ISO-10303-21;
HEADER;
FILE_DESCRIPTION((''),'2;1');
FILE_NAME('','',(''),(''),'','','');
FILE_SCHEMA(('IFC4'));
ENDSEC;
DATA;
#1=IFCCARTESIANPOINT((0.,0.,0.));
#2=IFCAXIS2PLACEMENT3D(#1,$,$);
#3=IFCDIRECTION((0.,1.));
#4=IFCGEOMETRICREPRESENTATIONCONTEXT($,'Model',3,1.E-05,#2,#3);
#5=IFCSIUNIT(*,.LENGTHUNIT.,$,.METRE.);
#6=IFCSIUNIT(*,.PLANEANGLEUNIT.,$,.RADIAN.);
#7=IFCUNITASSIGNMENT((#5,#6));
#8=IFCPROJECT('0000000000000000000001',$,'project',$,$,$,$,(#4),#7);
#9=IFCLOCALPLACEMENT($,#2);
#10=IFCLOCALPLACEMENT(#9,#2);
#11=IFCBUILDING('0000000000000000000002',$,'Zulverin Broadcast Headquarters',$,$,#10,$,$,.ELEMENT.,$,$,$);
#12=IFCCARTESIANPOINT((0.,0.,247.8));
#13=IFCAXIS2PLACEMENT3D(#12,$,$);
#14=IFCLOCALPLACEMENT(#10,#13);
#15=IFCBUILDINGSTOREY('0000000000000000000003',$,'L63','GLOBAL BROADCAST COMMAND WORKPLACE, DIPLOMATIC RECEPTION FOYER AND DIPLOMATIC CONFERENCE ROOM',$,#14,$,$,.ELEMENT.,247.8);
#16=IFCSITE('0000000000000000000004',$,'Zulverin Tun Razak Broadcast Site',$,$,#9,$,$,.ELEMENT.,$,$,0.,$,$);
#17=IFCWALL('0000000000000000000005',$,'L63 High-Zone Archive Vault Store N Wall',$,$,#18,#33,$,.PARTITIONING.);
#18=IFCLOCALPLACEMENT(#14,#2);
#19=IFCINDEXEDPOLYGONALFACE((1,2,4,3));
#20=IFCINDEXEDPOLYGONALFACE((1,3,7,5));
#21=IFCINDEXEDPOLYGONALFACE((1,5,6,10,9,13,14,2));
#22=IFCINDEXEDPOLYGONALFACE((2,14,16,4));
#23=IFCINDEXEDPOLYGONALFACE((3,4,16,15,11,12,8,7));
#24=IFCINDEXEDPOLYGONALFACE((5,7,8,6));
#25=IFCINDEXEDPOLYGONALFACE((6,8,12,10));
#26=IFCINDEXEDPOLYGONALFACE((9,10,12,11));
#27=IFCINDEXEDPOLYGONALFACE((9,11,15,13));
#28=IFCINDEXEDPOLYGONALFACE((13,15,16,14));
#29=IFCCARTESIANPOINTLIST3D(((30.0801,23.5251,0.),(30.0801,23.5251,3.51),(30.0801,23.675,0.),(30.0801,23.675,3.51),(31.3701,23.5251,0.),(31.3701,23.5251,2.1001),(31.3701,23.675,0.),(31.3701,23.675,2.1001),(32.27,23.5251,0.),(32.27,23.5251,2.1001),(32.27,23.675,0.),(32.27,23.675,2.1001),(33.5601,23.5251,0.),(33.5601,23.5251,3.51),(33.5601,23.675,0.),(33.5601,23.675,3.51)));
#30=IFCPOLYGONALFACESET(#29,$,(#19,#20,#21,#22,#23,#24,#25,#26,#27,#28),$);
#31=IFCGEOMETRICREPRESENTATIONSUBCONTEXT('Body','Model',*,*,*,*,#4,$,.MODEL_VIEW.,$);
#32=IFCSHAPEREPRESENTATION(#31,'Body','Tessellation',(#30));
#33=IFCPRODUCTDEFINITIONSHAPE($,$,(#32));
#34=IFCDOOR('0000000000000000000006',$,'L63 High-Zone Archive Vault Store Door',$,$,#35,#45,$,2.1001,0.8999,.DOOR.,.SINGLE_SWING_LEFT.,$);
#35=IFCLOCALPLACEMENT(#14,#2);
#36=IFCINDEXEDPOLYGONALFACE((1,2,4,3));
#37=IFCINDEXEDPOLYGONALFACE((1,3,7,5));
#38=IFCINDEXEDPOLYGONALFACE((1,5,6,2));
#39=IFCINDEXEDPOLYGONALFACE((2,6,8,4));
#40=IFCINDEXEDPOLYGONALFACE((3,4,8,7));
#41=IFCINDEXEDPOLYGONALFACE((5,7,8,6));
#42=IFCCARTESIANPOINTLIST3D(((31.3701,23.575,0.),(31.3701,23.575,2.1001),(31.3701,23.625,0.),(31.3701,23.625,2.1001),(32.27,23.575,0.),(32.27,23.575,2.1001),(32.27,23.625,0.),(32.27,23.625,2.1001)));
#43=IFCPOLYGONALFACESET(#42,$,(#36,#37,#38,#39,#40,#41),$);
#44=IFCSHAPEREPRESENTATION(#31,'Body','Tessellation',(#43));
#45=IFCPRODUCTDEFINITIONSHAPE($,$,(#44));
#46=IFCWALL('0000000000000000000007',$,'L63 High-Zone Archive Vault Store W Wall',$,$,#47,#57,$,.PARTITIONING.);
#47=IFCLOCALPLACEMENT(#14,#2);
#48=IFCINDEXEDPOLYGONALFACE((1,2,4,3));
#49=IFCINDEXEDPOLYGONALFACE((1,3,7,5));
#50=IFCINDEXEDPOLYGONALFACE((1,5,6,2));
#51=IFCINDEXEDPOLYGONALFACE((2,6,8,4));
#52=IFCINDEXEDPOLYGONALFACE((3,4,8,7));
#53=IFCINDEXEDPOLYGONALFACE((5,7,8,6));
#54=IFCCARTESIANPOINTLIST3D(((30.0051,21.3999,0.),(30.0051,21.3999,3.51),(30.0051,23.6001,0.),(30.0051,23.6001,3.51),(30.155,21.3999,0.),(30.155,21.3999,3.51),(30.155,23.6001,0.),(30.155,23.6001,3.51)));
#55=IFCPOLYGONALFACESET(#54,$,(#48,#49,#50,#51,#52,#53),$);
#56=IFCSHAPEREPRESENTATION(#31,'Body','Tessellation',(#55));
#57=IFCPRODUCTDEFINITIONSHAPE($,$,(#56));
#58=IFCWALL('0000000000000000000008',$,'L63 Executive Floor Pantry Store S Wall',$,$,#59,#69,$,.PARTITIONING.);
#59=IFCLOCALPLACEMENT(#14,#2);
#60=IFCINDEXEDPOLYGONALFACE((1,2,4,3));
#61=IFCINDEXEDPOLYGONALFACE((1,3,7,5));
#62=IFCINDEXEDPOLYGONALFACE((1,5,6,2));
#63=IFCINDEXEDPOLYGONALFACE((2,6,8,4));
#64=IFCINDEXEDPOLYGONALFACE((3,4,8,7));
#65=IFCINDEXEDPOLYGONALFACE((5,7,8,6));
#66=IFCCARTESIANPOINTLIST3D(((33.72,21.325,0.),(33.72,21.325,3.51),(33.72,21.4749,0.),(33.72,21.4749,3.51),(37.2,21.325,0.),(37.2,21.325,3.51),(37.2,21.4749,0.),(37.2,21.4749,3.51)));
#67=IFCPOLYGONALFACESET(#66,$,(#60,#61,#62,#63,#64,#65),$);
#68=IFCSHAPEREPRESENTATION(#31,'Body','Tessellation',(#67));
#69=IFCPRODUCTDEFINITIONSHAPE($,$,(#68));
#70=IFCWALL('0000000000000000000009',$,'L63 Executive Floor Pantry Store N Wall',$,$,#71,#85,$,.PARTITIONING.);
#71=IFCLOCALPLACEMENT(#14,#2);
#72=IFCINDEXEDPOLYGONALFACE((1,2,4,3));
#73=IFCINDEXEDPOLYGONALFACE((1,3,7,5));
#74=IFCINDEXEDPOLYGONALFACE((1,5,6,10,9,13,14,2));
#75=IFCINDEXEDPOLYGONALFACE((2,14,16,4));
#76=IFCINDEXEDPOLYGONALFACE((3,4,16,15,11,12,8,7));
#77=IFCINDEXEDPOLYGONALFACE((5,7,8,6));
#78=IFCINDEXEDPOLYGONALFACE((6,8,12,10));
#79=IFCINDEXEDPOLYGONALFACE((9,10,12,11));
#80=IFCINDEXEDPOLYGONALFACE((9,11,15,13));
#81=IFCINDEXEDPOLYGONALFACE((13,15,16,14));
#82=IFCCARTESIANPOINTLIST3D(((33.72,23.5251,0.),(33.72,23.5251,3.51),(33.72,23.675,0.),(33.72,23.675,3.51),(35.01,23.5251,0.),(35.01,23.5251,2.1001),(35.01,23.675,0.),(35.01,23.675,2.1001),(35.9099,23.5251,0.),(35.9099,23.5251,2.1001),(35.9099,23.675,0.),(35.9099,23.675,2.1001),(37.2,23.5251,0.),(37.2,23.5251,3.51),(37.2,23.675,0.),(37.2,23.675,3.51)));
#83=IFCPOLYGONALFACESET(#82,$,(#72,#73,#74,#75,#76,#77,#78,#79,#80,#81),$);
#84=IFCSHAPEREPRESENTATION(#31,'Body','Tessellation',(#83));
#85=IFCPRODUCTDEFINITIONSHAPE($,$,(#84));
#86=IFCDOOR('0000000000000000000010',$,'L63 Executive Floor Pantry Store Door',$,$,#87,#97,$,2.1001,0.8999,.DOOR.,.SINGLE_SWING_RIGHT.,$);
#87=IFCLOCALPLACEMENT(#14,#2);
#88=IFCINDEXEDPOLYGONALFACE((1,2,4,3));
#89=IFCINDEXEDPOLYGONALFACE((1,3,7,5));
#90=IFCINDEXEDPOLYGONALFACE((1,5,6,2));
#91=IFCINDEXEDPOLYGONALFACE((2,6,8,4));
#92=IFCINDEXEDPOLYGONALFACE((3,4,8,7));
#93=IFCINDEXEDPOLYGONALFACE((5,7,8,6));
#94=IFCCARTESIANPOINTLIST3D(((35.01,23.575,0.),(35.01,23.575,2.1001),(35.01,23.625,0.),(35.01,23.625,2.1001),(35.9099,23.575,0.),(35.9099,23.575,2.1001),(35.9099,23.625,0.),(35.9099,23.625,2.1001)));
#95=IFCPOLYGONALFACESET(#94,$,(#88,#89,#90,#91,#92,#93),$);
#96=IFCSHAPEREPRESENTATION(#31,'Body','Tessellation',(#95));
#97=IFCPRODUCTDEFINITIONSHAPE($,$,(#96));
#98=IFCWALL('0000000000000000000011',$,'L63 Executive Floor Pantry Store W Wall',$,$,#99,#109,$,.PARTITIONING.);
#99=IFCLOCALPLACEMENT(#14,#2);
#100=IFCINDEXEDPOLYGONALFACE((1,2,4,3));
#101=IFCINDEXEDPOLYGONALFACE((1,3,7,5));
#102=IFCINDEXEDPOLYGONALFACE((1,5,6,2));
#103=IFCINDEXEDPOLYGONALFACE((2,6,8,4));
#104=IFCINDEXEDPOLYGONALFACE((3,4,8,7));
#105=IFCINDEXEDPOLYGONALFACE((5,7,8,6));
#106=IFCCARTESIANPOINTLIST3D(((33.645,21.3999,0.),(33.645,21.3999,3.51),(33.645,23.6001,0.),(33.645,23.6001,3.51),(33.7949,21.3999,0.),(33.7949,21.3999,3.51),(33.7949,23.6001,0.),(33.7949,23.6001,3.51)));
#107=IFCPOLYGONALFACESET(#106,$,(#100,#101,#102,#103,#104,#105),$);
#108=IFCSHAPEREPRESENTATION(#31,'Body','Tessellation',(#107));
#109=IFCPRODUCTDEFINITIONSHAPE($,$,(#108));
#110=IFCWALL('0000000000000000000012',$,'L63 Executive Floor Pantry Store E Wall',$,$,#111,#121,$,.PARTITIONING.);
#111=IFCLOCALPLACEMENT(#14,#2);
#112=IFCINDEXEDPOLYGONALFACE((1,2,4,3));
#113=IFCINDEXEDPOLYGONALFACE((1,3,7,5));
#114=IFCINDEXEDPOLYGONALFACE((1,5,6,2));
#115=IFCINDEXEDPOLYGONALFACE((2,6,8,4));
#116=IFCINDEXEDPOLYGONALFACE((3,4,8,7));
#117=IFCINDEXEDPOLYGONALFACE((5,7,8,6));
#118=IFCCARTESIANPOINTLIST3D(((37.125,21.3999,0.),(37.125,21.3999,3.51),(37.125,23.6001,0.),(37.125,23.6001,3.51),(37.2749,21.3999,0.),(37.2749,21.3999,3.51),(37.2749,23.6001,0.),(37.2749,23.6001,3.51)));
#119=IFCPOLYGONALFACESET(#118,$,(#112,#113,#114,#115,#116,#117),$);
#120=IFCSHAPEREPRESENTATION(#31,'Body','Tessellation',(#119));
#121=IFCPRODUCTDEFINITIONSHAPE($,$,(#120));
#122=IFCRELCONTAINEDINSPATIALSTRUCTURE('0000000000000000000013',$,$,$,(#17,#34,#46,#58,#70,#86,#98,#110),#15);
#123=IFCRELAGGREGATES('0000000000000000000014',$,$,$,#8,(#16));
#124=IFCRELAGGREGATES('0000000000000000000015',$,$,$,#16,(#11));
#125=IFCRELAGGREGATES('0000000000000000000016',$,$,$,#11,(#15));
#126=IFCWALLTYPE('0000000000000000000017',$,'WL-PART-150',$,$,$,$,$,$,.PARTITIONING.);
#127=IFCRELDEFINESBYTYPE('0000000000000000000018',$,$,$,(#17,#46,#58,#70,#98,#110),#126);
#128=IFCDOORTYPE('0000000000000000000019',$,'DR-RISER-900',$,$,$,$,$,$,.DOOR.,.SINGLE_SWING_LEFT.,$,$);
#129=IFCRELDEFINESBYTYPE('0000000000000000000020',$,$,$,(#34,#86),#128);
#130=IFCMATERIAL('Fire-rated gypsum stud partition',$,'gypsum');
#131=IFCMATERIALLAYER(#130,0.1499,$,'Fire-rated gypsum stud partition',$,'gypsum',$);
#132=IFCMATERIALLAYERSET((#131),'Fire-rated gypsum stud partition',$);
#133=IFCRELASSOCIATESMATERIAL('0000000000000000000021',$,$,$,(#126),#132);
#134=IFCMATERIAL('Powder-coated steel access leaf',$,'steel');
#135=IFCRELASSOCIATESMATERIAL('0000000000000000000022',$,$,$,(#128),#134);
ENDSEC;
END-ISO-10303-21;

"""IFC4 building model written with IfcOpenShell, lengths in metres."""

from ifc_helpers import new_model, si_unit, direction, frame, frame_2d, origin, place, context, subcontext, project, spatial, rectangle, extrude, material, layer, layer_set, type_object, element, fill, save


model = new_model("IFC4")

# Units and contexts
model_context = context("Model", 3, precision=1e-05, world=origin(), true_north=direction((0.0, 1.0)))
body_context = subcontext(model_context, "Body", "Model", "MODEL_VIEW")
ifc_project = project(units=[si_unit("LENGTHUNIT", "METRE"), si_unit("PLANEANGLEUNIT", "RADIAN")], contexts=[model_context])

# Site, building, storey
site_placement = place(None, origin())
site = spatial("IfcSite", under=ifc_project, at=site_placement, Name="Zulverin Tun Razak Broadcast Site", CompositionType="ELEMENT", RefElevation=0.0)
building_placement = place(site_placement, origin())
building = spatial("IfcBuilding", under=site, at=building_placement, Name="Zulverin Broadcast Headquarters", CompositionType="ELEMENT")
storey_placement = place(building_placement, frame((0.0, 0.0, 247.8)))
storey = spatial("IfcBuildingStorey", under=building, at=storey_placement, Name="L63", Description="GLOBAL BROADCAST COMMAND WORKPLACE, DIPLOMATIC RECEPTION FOYER AND DIPLOMATIC CONFERENCE ROOM", CompositionType="ELEMENT", Elevation=247.8)

# Shared definitions
ifc_material_1 = material(Name="Fire-rated gypsum stud partition", Category="gypsum")
ifc_layer = layer(ifc_material_1, 0.1499, Name="Fire-rated gypsum stud partition", Category="gypsum")
ifc_layer_set = layer_set([ifc_layer], Name="Fire-rated gypsum stud partition")
wall_type = type_object("IfcWallType", Name="WL-PART-150", PredefinedType="PARTITIONING", material=ifc_layer_set)

# Shared definitions
ifc_material_2 = material(Name="Powder-coated steel access leaf", Category="steel")
door_type_1 = type_object("IfcDoorType", Name="DR-RISER-900", OperationType="SINGLE_SWING_LEFT", PredefinedType="DOOR", material=ifc_material_2)

# Wall, opening, door
wall_1_placement = place(storey_placement, frame((30.0801, 23.6001, 0.0), z_axis=(0.0, 0.0, 1.0), x_axis=(1.0, 0.0, 0.0)))
wall_1 = element("IfcWall", 1, at=wall_1_placement, inside=storey, type_object=wall_type, Name="L63 High-Zone Archive Vault Store N Wall", PredefinedType="PARTITIONING", context=body_context, shape_type="SweptSolid", body=[
    extrude(rectangle(XDim=3.48, YDim=0.1499, at=frame_2d((1.74, 0.0))), origin(), (0.0, 0.0, 1.0), 3.51),
])
opening_1_placement = place(wall_1_placement, frame((1.29, 0.0, 0.0)))
opening_1 = element("IfcOpeningElement", 2, at=opening_1_placement, cuts=wall_1, PredefinedType="OPENING", context=body_context, shape_type="SweptSolid", body=[
    extrude(rectangle(XDim=0.8999, YDim=2.1001, at=frame_2d((0.45, 1.05))), frame((0.0, 0.085, 0.0), z_axis=(0.0, -1.0, 0.0), x_axis=(1.0, 0.0, 0.0)), (0.0, 0.0, 1.0), 0.1699),
])
door_1_placement = place(opening_1_placement, origin())
door_1 = element("IfcDoor", 3, at=door_1_placement, inside=storey, type_object=door_type_1, Name="L63 High-Zone Archive Vault Store Door", OperationType="SINGLE_SWING_LEFT", OverallHeight=2.1001, OverallWidth=0.8999, PredefinedType="DOOR", context=body_context, shape_type="SweptSolid", body=[
    extrude(rectangle(XDim=0.8999, YDim=2.1001, at=frame_2d((0.45, 1.05))), frame((0.0, 0.0249, 0.0), z_axis=(0.0, -1.0, 0.0), x_axis=(1.0, 0.0, 0.0)), (0.0, 0.0, 1.0), 0.05),
])
fill(opening_1, door_1)

# Walls
wall_2_placement = place(storey_placement, frame((30.0801, 21.3999, 0.0), z_axis=(0.0, 0.0, 1.0), x_axis=(0.0, 1.0, 0.0)))
element("IfcWall", 4, at=wall_2_placement, inside=storey, type_object=wall_type, Name="L63 High-Zone Archive Vault Store W Wall", PredefinedType="PARTITIONING", context=body_context, shape_type="SweptSolid", body=[
    extrude(rectangle(XDim=2.2002, YDim=0.1499, at=frame_2d((1.1001, 0.0))), origin(), (0.0, 0.0, 1.0), 3.51),
])
wall_3_placement = place(storey_placement, frame((33.72, 21.3999, 0.0), z_axis=(0.0, 0.0, 1.0), x_axis=(1.0, 0.0, 0.0)))
element("IfcWall", 5, at=wall_3_placement, inside=storey, type_object=wall_type, Name="L63 Executive Floor Pantry Store S Wall", PredefinedType="PARTITIONING", context=body_context, shape_type="SweptSolid", body=[
    extrude(rectangle(XDim=3.48, YDim=0.1499, at=frame_2d((1.74, 0.0))), origin(), (0.0, 0.0, 1.0), 3.51),
])

# Wall, opening, door
wall_4_placement = place(storey_placement, frame((33.72, 23.6001, 0.0), z_axis=(0.0, 0.0, 1.0), x_axis=(1.0, 0.0, 0.0)))
wall_4 = element("IfcWall", 6, at=wall_4_placement, inside=storey, type_object=wall_type, Name="L63 Executive Floor Pantry Store N Wall", PredefinedType="PARTITIONING", context=body_context, shape_type="SweptSolid", body=[
    extrude(rectangle(XDim=3.48, YDim=0.1499, at=frame_2d((1.74, 0.0))), origin(), (0.0, 0.0, 1.0), 3.51),
])
opening_2_placement = place(wall_4_placement, frame((1.29, 0.0, 0.0)))
opening_2 = element("IfcOpeningElement", 7, at=opening_2_placement, cuts=wall_4, PredefinedType="OPENING", context=body_context, shape_type="SweptSolid", body=[
    extrude(rectangle(XDim=0.8999, YDim=2.1001, at=frame_2d((0.45, 1.05))), frame((0.0, 0.085, 0.0), z_axis=(0.0, -1.0, 0.0), x_axis=(1.0, 0.0, 0.0)), (0.0, 0.0, 1.0), 0.1699),
])
door_2_placement = place(opening_2_placement, origin())
door_2 = element("IfcDoor", 8, at=door_2_placement, inside=storey, type_object=door_type_1, Name="L63 Executive Floor Pantry Store Door", OperationType="SINGLE_SWING_RIGHT", OverallHeight=2.1001, OverallWidth=0.8999, PredefinedType="DOOR", context=body_context, shape_type="SweptSolid", body=[
    extrude(rectangle(XDim=0.8999, YDim=2.1001, at=frame_2d((0.45, 1.05))), frame((0.0, 0.0249, 0.0), z_axis=(0.0, -1.0, 0.0), x_axis=(1.0, 0.0, 0.0)), (0.0, 0.0, 1.0), 0.05),
])
fill(opening_2, door_2)

# Walls
for number, where, z_axis, x_axis, name in (
    (9, (33.72, 21.3999, 0.0), (0.0, 0.0, 1.0), (0.0, 1.0, 0.0), "L63 Executive Floor Pantry Store W Wall"),
    (10, (37.2, 21.3999, 0.0), (0.0, 0.0, 1.0), (0.0, 1.0, 0.0), "L63 Executive Floor Pantry Store E Wall"),
):
    element("IfcWall", number, at=place(storey_placement, frame(where, z_axis=z_axis, x_axis=x_axis)), inside=storey, type_object=wall_type, Name=name, PredefinedType="PARTITIONING", context=body_context, shape_type="SweptSolid", body=[
        extrude(rectangle(XDim=2.2002, YDim=0.1499, at=frame_2d((1.1001, 0.0))), origin(), (0.0, 0.0, 1.0), 3.51),
    ])

save(model, "model.ifc")
